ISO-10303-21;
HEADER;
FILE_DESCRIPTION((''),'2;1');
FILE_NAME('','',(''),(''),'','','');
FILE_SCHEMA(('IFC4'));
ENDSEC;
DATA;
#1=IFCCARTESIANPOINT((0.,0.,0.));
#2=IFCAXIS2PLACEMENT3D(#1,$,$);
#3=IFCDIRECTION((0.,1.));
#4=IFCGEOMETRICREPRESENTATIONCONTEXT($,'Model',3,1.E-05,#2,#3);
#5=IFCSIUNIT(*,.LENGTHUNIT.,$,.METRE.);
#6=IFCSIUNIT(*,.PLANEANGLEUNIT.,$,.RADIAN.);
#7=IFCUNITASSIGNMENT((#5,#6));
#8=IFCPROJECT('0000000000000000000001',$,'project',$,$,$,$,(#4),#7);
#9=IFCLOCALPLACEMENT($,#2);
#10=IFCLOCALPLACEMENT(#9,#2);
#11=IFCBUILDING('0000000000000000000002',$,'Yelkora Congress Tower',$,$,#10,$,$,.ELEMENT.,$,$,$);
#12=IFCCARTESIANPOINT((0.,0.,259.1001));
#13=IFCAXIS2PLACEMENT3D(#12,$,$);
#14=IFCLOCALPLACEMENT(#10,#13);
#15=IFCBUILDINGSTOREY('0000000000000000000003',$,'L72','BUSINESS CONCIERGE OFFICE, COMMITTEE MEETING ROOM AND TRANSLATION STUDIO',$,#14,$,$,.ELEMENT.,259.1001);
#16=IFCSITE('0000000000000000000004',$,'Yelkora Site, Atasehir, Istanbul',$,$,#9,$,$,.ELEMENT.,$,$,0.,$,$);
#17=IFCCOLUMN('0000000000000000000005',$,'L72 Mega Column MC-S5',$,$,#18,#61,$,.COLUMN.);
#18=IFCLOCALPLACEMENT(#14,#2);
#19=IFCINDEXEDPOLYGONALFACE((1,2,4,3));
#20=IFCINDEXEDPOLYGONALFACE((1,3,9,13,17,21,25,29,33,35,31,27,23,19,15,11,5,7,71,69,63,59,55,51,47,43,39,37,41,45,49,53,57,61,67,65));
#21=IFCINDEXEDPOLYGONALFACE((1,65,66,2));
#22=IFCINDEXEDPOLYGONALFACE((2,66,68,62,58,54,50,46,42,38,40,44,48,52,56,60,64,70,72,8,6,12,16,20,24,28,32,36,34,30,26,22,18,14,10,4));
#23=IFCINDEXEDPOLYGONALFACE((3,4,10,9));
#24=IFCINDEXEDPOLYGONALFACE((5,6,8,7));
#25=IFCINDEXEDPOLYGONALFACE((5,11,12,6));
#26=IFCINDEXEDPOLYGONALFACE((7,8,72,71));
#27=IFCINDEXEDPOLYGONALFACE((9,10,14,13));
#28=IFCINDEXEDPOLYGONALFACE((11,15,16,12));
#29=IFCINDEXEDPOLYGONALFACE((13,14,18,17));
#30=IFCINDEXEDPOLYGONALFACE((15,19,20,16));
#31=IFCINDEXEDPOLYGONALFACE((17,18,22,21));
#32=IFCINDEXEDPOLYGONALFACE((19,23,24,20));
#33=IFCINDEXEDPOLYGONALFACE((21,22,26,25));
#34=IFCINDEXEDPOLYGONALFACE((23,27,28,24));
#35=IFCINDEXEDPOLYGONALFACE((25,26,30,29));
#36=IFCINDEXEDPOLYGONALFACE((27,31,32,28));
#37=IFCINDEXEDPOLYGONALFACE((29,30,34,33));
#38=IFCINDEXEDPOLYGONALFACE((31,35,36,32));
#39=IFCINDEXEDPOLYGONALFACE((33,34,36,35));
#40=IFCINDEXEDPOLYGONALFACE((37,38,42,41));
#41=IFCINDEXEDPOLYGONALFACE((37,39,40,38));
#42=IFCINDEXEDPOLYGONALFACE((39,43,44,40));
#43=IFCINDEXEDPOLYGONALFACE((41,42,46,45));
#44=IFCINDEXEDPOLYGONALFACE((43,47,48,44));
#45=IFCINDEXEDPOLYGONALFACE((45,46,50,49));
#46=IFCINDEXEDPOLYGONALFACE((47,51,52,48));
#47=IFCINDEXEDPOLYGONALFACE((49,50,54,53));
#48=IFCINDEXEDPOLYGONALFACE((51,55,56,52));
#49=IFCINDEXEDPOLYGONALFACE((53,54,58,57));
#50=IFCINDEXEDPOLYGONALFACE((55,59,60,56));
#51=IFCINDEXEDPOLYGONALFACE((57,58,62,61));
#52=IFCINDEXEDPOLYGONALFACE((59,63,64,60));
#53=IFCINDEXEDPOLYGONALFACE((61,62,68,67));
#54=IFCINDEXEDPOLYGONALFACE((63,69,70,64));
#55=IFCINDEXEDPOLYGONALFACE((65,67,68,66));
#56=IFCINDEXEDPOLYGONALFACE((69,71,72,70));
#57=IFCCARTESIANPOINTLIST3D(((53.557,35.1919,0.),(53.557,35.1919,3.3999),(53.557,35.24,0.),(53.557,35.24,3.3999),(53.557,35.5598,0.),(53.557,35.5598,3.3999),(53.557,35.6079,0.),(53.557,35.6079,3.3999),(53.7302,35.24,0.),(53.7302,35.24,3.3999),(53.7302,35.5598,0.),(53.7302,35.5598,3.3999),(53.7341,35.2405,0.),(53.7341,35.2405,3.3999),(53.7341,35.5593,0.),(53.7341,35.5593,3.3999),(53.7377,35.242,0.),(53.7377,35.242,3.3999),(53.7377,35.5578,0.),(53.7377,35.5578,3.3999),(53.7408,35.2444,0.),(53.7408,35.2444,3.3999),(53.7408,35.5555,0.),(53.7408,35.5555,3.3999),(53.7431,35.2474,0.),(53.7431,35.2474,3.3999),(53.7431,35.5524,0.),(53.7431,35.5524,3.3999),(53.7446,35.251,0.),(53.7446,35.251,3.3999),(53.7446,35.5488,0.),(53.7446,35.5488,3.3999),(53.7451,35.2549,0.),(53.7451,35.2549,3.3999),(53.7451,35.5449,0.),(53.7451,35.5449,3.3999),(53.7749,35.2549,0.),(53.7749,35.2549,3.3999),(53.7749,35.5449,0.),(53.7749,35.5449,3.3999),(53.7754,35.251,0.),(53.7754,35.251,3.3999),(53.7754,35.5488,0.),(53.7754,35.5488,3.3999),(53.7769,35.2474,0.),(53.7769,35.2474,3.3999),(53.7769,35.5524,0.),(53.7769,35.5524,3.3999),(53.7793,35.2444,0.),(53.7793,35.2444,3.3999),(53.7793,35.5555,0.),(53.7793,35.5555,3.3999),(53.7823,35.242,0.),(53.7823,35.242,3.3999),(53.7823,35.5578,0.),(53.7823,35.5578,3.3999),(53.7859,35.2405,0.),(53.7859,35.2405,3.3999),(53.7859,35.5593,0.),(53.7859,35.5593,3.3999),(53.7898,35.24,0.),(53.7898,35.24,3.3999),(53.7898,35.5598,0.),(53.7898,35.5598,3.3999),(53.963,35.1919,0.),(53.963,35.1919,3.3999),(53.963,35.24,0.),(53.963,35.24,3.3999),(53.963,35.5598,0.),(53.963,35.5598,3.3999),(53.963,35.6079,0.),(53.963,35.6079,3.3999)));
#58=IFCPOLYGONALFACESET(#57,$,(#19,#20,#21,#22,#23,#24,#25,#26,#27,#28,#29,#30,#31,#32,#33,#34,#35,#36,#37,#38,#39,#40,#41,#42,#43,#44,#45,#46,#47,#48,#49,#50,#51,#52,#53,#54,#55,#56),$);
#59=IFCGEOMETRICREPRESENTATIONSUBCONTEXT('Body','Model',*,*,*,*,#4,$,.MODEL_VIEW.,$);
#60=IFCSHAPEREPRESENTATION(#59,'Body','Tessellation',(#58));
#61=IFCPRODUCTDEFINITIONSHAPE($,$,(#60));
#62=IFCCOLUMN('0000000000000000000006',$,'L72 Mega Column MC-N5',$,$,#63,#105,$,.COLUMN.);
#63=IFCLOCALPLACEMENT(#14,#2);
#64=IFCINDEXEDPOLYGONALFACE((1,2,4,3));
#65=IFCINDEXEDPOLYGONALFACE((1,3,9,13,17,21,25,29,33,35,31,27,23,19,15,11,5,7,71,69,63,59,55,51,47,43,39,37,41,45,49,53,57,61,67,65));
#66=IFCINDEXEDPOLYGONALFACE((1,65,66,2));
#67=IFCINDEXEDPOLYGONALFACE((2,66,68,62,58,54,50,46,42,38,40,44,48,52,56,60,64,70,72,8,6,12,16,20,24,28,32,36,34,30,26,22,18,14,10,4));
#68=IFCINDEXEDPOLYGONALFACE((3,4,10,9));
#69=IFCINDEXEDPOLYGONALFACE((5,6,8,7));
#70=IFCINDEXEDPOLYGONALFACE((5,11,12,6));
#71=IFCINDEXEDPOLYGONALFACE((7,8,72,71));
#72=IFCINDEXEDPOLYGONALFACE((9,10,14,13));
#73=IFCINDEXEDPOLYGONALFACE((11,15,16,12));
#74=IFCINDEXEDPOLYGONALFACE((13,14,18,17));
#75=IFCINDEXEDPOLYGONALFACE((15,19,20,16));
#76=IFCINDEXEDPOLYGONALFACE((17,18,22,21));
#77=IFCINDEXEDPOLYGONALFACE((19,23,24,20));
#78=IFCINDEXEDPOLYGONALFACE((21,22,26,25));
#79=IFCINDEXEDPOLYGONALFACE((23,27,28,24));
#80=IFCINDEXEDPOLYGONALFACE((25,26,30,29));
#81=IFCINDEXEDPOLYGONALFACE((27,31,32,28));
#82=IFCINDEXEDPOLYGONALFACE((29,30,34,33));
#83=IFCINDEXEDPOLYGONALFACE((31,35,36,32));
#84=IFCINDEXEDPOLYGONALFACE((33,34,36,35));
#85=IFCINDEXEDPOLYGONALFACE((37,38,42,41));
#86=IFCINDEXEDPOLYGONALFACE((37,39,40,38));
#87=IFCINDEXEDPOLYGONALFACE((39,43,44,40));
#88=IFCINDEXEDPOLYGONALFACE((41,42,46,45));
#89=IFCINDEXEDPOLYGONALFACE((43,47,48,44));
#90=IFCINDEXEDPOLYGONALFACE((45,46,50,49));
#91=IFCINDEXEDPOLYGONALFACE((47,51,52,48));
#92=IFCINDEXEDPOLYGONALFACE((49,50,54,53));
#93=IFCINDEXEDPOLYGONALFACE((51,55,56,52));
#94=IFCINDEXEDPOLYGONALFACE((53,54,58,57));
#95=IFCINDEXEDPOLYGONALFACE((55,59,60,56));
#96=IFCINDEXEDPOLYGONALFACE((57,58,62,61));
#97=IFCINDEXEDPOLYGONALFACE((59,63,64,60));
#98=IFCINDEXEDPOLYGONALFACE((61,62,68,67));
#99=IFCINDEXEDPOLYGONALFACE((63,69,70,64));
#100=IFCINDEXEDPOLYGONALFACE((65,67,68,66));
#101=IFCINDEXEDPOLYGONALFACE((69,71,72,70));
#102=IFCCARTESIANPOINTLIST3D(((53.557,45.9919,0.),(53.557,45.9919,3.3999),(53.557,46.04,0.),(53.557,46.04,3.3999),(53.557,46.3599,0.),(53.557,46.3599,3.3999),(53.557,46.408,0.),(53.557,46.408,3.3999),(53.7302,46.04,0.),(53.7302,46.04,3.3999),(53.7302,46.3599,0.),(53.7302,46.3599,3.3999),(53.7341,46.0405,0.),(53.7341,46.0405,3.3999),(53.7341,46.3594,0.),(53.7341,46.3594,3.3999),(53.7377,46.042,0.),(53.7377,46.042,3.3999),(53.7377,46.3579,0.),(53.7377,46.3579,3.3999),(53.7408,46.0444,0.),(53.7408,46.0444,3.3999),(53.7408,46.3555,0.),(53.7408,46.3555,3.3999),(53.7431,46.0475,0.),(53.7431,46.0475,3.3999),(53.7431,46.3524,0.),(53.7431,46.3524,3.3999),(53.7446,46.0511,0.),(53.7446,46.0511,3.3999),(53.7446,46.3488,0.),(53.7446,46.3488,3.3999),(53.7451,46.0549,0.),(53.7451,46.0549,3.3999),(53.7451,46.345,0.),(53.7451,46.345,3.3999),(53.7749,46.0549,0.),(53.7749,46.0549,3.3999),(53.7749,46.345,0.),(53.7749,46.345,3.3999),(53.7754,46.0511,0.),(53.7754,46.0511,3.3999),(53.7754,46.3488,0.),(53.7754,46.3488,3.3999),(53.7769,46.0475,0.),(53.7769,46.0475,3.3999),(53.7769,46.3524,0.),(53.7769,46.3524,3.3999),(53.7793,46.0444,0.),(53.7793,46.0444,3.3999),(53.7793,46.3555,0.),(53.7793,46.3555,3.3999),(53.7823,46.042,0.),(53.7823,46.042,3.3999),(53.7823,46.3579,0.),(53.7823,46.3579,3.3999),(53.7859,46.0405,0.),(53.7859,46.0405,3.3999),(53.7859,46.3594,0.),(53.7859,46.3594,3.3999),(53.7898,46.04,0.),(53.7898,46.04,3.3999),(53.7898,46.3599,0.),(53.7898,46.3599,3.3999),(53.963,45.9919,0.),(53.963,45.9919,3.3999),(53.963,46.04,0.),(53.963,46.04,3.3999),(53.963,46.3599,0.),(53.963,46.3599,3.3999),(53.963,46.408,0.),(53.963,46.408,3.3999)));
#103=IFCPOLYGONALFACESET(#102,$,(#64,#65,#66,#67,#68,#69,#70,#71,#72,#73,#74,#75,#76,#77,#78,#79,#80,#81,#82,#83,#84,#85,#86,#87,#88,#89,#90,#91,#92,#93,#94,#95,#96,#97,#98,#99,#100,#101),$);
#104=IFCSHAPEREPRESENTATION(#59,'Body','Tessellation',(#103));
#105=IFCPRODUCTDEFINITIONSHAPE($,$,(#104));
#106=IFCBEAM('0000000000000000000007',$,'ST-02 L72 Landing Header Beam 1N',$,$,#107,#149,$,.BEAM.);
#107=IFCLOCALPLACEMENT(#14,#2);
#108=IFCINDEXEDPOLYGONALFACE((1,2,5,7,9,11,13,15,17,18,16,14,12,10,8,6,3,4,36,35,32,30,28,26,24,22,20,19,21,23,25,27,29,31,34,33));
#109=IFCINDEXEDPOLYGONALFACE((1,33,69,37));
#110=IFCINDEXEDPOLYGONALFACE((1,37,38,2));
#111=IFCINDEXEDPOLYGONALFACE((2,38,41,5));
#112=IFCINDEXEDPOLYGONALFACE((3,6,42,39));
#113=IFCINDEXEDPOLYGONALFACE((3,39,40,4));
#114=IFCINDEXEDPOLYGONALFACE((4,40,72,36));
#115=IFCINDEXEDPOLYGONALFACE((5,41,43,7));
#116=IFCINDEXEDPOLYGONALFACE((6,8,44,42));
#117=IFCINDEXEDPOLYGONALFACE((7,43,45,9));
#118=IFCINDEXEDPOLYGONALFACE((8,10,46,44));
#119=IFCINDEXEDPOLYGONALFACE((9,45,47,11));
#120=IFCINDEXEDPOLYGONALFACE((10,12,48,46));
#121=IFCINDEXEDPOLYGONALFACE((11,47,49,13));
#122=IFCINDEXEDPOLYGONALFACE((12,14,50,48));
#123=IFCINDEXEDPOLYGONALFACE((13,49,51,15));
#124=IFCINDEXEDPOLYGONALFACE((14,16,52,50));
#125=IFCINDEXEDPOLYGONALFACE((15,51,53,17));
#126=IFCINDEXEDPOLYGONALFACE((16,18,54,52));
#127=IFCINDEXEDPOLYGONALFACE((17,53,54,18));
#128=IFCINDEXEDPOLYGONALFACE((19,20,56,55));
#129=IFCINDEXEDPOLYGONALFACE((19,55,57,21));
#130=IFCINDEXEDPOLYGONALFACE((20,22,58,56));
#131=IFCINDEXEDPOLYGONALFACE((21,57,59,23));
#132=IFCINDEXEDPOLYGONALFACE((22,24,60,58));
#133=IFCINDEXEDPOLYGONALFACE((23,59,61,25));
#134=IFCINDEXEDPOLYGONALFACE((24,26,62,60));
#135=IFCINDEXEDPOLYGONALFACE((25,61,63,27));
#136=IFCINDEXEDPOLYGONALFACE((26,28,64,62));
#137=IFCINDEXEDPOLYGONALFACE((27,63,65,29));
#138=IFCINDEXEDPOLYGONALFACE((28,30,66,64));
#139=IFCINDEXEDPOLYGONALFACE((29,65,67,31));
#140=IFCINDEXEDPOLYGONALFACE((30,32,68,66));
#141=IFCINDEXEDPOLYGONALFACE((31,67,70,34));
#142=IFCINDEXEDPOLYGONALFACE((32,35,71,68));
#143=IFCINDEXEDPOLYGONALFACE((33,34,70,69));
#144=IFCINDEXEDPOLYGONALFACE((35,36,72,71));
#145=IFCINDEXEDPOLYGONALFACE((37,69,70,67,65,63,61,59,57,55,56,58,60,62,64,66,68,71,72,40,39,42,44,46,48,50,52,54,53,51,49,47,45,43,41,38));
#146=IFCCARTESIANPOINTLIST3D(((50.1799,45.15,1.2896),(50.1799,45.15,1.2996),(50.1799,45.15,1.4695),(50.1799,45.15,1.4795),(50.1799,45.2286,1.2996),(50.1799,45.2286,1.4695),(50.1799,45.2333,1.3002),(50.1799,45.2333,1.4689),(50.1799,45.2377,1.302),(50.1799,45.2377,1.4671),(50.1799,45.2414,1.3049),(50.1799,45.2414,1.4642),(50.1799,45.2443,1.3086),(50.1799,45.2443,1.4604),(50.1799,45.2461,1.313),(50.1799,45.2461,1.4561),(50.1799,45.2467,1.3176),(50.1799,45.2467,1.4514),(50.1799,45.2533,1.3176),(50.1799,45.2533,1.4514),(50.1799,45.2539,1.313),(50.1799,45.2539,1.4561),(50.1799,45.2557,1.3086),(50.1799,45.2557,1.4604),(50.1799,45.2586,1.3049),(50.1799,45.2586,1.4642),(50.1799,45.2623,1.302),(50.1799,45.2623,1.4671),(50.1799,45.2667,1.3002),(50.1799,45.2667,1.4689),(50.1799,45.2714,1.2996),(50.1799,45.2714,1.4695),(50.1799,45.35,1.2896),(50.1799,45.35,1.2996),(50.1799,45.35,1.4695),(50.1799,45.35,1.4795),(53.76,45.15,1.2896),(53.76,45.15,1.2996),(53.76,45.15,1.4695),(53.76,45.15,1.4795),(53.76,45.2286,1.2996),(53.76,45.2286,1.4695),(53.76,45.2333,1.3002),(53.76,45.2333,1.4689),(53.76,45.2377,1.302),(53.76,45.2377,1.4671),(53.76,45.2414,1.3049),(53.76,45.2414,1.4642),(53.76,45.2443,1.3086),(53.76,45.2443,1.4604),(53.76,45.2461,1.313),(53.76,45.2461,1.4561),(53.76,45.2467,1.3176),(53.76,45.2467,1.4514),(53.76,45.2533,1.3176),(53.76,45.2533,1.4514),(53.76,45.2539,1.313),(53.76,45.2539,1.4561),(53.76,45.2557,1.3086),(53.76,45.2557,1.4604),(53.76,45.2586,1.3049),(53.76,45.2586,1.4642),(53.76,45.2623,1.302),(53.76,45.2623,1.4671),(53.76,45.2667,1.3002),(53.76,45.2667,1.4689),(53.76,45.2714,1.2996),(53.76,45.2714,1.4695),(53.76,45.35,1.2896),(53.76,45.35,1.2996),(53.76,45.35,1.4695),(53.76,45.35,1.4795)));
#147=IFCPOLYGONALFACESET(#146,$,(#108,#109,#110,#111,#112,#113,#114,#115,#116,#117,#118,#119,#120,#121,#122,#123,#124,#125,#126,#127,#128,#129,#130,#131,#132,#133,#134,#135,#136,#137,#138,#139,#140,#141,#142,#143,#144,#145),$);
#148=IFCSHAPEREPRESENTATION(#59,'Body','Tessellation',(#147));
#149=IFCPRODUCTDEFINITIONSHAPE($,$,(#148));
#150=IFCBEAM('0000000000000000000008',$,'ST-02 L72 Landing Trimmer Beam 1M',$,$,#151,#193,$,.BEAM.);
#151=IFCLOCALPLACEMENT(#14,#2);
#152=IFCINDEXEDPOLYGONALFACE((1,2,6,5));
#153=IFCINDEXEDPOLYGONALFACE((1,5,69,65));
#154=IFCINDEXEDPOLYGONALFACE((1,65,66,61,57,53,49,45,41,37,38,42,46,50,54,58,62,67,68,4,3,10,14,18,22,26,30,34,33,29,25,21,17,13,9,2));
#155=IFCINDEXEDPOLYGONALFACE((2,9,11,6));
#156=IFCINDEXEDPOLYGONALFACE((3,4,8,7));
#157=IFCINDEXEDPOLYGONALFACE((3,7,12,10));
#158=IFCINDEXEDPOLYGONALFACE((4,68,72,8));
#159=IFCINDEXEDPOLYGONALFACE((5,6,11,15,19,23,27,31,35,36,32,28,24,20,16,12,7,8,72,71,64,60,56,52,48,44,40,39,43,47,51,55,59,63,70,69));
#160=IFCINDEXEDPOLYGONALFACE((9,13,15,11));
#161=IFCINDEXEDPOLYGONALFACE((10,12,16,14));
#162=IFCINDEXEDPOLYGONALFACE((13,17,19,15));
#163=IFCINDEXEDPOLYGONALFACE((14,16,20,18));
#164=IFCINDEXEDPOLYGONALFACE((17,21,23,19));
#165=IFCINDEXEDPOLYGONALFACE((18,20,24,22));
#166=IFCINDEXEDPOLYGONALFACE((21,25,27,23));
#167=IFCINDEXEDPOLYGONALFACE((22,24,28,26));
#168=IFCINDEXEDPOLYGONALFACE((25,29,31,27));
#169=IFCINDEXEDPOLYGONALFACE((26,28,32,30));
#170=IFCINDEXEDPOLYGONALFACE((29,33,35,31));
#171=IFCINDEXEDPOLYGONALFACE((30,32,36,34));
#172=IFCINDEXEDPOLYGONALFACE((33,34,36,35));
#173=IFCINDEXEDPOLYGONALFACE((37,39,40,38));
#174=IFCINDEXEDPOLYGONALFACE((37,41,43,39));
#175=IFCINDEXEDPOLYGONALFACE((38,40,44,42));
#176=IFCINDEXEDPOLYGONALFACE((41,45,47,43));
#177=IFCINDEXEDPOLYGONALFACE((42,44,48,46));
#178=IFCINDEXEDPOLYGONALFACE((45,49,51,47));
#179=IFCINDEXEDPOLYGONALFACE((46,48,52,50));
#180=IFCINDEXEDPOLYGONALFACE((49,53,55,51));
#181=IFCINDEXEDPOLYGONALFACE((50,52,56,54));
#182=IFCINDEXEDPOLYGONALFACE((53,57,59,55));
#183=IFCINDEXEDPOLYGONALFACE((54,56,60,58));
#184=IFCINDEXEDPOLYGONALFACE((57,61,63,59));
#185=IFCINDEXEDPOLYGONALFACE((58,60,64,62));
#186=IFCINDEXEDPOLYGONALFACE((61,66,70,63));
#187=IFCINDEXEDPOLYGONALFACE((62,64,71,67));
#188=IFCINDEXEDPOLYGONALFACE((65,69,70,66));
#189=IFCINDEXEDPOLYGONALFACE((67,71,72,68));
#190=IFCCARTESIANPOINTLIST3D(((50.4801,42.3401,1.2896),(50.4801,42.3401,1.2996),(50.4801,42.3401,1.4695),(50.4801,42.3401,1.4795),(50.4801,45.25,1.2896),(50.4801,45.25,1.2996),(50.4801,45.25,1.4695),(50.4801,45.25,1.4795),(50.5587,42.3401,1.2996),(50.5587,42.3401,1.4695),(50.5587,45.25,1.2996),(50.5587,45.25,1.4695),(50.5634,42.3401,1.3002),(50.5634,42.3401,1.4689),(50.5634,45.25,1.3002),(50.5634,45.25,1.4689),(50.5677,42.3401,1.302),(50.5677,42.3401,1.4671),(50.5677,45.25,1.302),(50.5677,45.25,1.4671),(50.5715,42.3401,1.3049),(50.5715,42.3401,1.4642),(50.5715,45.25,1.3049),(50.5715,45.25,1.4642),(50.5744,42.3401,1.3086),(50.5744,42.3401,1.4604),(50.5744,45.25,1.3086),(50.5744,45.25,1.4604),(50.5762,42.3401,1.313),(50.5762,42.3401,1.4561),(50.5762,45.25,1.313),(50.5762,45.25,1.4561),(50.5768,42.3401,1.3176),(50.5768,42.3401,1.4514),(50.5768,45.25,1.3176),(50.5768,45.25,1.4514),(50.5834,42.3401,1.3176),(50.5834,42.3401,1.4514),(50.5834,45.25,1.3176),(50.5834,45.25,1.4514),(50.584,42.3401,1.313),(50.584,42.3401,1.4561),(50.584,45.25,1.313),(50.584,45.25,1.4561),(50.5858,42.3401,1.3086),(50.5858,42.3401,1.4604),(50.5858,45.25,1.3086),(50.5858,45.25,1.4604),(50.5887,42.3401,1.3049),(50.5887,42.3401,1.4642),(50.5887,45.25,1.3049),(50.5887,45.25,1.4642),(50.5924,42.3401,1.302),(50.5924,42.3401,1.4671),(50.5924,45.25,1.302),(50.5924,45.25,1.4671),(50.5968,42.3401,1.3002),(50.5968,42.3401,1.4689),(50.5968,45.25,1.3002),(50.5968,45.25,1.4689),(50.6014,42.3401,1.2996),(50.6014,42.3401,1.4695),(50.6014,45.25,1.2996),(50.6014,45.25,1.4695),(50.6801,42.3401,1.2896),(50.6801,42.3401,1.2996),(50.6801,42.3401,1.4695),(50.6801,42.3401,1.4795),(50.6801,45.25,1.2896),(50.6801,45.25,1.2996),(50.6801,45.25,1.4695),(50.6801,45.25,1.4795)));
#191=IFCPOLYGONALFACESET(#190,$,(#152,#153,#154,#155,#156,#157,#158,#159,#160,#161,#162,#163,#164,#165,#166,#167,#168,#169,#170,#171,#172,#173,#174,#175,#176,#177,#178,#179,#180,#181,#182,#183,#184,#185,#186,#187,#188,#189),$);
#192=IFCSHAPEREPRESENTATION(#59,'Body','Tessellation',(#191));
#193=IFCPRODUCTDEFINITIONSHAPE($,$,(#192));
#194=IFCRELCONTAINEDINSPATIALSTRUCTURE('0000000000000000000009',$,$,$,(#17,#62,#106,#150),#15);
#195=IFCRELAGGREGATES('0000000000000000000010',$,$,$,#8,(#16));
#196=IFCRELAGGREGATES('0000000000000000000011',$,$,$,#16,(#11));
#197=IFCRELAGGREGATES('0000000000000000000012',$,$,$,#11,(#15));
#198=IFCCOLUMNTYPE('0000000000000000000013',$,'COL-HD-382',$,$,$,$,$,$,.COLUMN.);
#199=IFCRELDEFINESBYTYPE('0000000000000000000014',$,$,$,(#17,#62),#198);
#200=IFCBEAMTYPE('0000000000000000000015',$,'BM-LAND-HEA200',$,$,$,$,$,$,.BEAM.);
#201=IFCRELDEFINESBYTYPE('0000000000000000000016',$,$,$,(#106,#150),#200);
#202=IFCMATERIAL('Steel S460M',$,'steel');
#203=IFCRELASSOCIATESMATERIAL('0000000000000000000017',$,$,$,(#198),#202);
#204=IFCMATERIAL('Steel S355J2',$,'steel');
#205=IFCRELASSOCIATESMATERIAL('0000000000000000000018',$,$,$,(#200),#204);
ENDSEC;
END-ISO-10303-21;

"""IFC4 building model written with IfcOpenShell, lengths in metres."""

from ifc_helpers import new_model, si_unit, direction, frame, origin, origin_2d, place, context, subcontext, project, spatial, i_section, extrude, material, material_profile, profile_set, type_object, element, save


model = new_model("IFC4")

# Units and contexts
model_context = context("Model", 3, precision=1e-05, world=origin(), true_north=direction((0.0, 1.0)))
body_context = subcontext(model_context, "Body", "Model", "MODEL_VIEW")
ifc_project = project(units=[si_unit("LENGTHUNIT", "METRE"), si_unit("PLANEANGLEUNIT", "RADIAN")], contexts=[model_context])

# Site, building, storey
site_placement = place(None, origin())
site = spatial("IfcSite", under=ifc_project, at=site_placement, Name="Yelkora Site, Atasehir, Istanbul", CompositionType="ELEMENT", RefElevation=0.0)
building_placement = place(site_placement, origin())
building = spatial("IfcBuilding", under=site, at=building_placement, Name="Yelkora Congress Tower", CompositionType="ELEMENT")
storey_placement = place(building_placement, frame((0.0, 0.0, 259.1001)))
storey = spatial("IfcBuildingStorey", under=building, at=storey_placement, Name="L72", Description="BUSINESS CONCIERGE OFFICE, COMMITTEE MEETING ROOM AND TRANSLATION STUDIO", CompositionType="ELEMENT", Elevation=259.1001)

# Columns
ifc_material_1 = material(Name="Steel S460M", Category="steel")
ifc_material_profile_1 = material_profile(ifc_material_1, i_section(OverallWidth=0.406, OverallDepth=0.416, WebThickness=0.0298, FlangeThickness=0.0481, FilletRadius=0.0149, at=origin_2d()), Name="HD 400x382")
ifc_profile_set_1 = profile_set([ifc_material_profile_1], Name="Steel S460M")
column_type = type_object("IfcColumnType", Name="COL-HD-382", PredefinedType="COLUMN", material=ifc_profile_set_1)
for number, where, z_axis, x_axis, name in (
    (1, (53.76, 35.3999, 0.0), (0.0, 0.0, 1.0), (1.0, 0.0, 0.0), "L72 Mega Column MC-S5"),
    (2, (53.76, 46.2, 0.0), (0.0, 0.0, 1.0), (1.0, 0.0, 0.0), "L72 Mega Column MC-N5"),
):
    element("IfcColumn", number, at=place(storey_placement, frame(where, z_axis=z_axis, x_axis=x_axis)), inside=storey, type_object=column_type, Name=name, PredefinedType="COLUMN", context=body_context, shape_type="SweptSolid", body=[
        extrude(i_section(OverallWidth=0.406, OverallDepth=0.416, WebThickness=0.0298, FlangeThickness=0.0481, FilletRadius=0.0149, at=origin_2d()), origin(), (0.0, 0.0, 1.0), 3.3999),
    ])

# Beams
ifc_material_2 = material(Name="Steel S355J2", Category="steel")
ifc_material_profile_2 = material_profile(ifc_material_2, i_section(OverallWidth=0.2, OverallDepth=0.1899, WebThickness=0.0066, FlangeThickness=0.01, FilletRadius=0.0181, at=origin_2d()), Name="HEA 200")
ifc_profile_set_2 = profile_set([ifc_material_profile_2], Name="Steel S355J2")
beam_type = type_object("IfcBeamType", Name="BM-LAND-HEA200", PredefinedType="BEAM", material=ifc_profile_set_2)
beam_1_placement = place(storey_placement, frame((50.1799, 45.25, 1.3845), z_axis=(1.0, 0.0, 0.0), x_axis=(0.0, 1.0, 0.0)))
element("IfcBeam", 3, at=beam_1_placement, inside=storey, type_object=beam_type, Name="ST-02 L72 Landing Header Beam 1N", PredefinedType="BEAM", context=body_context, shape_type="SweptSolid", body=[
    extrude(i_section(OverallWidth=0.2, OverallDepth=0.1899, WebThickness=0.0066, FlangeThickness=0.01, FilletRadius=0.0181, at=origin_2d()), origin(), (0.0, 0.0, 1.0), 3.5801),
])
beam_2_placement = place(storey_placement, frame((50.5801, 42.3401, 1.3845), z_axis=(0.0, 1.0, 0.0), x_axis=(-1.0, 0.0, 0.0)))
element("IfcBeam", 4, at=beam_2_placement, inside=storey, type_object=beam_type, Name="ST-02 L72 Landing Trimmer Beam 1M", PredefinedType="BEAM", context=body_context, shape_type="SweptSolid", body=[
    extrude(i_section(OverallWidth=0.2, OverallDepth=0.1899, WebThickness=0.0066, FlangeThickness=0.01, FilletRadius=0.0181, at=origin_2d()), origin(), (0.0, 0.0, 1.0), 2.9099),
])

save(model, "model.ifc")
